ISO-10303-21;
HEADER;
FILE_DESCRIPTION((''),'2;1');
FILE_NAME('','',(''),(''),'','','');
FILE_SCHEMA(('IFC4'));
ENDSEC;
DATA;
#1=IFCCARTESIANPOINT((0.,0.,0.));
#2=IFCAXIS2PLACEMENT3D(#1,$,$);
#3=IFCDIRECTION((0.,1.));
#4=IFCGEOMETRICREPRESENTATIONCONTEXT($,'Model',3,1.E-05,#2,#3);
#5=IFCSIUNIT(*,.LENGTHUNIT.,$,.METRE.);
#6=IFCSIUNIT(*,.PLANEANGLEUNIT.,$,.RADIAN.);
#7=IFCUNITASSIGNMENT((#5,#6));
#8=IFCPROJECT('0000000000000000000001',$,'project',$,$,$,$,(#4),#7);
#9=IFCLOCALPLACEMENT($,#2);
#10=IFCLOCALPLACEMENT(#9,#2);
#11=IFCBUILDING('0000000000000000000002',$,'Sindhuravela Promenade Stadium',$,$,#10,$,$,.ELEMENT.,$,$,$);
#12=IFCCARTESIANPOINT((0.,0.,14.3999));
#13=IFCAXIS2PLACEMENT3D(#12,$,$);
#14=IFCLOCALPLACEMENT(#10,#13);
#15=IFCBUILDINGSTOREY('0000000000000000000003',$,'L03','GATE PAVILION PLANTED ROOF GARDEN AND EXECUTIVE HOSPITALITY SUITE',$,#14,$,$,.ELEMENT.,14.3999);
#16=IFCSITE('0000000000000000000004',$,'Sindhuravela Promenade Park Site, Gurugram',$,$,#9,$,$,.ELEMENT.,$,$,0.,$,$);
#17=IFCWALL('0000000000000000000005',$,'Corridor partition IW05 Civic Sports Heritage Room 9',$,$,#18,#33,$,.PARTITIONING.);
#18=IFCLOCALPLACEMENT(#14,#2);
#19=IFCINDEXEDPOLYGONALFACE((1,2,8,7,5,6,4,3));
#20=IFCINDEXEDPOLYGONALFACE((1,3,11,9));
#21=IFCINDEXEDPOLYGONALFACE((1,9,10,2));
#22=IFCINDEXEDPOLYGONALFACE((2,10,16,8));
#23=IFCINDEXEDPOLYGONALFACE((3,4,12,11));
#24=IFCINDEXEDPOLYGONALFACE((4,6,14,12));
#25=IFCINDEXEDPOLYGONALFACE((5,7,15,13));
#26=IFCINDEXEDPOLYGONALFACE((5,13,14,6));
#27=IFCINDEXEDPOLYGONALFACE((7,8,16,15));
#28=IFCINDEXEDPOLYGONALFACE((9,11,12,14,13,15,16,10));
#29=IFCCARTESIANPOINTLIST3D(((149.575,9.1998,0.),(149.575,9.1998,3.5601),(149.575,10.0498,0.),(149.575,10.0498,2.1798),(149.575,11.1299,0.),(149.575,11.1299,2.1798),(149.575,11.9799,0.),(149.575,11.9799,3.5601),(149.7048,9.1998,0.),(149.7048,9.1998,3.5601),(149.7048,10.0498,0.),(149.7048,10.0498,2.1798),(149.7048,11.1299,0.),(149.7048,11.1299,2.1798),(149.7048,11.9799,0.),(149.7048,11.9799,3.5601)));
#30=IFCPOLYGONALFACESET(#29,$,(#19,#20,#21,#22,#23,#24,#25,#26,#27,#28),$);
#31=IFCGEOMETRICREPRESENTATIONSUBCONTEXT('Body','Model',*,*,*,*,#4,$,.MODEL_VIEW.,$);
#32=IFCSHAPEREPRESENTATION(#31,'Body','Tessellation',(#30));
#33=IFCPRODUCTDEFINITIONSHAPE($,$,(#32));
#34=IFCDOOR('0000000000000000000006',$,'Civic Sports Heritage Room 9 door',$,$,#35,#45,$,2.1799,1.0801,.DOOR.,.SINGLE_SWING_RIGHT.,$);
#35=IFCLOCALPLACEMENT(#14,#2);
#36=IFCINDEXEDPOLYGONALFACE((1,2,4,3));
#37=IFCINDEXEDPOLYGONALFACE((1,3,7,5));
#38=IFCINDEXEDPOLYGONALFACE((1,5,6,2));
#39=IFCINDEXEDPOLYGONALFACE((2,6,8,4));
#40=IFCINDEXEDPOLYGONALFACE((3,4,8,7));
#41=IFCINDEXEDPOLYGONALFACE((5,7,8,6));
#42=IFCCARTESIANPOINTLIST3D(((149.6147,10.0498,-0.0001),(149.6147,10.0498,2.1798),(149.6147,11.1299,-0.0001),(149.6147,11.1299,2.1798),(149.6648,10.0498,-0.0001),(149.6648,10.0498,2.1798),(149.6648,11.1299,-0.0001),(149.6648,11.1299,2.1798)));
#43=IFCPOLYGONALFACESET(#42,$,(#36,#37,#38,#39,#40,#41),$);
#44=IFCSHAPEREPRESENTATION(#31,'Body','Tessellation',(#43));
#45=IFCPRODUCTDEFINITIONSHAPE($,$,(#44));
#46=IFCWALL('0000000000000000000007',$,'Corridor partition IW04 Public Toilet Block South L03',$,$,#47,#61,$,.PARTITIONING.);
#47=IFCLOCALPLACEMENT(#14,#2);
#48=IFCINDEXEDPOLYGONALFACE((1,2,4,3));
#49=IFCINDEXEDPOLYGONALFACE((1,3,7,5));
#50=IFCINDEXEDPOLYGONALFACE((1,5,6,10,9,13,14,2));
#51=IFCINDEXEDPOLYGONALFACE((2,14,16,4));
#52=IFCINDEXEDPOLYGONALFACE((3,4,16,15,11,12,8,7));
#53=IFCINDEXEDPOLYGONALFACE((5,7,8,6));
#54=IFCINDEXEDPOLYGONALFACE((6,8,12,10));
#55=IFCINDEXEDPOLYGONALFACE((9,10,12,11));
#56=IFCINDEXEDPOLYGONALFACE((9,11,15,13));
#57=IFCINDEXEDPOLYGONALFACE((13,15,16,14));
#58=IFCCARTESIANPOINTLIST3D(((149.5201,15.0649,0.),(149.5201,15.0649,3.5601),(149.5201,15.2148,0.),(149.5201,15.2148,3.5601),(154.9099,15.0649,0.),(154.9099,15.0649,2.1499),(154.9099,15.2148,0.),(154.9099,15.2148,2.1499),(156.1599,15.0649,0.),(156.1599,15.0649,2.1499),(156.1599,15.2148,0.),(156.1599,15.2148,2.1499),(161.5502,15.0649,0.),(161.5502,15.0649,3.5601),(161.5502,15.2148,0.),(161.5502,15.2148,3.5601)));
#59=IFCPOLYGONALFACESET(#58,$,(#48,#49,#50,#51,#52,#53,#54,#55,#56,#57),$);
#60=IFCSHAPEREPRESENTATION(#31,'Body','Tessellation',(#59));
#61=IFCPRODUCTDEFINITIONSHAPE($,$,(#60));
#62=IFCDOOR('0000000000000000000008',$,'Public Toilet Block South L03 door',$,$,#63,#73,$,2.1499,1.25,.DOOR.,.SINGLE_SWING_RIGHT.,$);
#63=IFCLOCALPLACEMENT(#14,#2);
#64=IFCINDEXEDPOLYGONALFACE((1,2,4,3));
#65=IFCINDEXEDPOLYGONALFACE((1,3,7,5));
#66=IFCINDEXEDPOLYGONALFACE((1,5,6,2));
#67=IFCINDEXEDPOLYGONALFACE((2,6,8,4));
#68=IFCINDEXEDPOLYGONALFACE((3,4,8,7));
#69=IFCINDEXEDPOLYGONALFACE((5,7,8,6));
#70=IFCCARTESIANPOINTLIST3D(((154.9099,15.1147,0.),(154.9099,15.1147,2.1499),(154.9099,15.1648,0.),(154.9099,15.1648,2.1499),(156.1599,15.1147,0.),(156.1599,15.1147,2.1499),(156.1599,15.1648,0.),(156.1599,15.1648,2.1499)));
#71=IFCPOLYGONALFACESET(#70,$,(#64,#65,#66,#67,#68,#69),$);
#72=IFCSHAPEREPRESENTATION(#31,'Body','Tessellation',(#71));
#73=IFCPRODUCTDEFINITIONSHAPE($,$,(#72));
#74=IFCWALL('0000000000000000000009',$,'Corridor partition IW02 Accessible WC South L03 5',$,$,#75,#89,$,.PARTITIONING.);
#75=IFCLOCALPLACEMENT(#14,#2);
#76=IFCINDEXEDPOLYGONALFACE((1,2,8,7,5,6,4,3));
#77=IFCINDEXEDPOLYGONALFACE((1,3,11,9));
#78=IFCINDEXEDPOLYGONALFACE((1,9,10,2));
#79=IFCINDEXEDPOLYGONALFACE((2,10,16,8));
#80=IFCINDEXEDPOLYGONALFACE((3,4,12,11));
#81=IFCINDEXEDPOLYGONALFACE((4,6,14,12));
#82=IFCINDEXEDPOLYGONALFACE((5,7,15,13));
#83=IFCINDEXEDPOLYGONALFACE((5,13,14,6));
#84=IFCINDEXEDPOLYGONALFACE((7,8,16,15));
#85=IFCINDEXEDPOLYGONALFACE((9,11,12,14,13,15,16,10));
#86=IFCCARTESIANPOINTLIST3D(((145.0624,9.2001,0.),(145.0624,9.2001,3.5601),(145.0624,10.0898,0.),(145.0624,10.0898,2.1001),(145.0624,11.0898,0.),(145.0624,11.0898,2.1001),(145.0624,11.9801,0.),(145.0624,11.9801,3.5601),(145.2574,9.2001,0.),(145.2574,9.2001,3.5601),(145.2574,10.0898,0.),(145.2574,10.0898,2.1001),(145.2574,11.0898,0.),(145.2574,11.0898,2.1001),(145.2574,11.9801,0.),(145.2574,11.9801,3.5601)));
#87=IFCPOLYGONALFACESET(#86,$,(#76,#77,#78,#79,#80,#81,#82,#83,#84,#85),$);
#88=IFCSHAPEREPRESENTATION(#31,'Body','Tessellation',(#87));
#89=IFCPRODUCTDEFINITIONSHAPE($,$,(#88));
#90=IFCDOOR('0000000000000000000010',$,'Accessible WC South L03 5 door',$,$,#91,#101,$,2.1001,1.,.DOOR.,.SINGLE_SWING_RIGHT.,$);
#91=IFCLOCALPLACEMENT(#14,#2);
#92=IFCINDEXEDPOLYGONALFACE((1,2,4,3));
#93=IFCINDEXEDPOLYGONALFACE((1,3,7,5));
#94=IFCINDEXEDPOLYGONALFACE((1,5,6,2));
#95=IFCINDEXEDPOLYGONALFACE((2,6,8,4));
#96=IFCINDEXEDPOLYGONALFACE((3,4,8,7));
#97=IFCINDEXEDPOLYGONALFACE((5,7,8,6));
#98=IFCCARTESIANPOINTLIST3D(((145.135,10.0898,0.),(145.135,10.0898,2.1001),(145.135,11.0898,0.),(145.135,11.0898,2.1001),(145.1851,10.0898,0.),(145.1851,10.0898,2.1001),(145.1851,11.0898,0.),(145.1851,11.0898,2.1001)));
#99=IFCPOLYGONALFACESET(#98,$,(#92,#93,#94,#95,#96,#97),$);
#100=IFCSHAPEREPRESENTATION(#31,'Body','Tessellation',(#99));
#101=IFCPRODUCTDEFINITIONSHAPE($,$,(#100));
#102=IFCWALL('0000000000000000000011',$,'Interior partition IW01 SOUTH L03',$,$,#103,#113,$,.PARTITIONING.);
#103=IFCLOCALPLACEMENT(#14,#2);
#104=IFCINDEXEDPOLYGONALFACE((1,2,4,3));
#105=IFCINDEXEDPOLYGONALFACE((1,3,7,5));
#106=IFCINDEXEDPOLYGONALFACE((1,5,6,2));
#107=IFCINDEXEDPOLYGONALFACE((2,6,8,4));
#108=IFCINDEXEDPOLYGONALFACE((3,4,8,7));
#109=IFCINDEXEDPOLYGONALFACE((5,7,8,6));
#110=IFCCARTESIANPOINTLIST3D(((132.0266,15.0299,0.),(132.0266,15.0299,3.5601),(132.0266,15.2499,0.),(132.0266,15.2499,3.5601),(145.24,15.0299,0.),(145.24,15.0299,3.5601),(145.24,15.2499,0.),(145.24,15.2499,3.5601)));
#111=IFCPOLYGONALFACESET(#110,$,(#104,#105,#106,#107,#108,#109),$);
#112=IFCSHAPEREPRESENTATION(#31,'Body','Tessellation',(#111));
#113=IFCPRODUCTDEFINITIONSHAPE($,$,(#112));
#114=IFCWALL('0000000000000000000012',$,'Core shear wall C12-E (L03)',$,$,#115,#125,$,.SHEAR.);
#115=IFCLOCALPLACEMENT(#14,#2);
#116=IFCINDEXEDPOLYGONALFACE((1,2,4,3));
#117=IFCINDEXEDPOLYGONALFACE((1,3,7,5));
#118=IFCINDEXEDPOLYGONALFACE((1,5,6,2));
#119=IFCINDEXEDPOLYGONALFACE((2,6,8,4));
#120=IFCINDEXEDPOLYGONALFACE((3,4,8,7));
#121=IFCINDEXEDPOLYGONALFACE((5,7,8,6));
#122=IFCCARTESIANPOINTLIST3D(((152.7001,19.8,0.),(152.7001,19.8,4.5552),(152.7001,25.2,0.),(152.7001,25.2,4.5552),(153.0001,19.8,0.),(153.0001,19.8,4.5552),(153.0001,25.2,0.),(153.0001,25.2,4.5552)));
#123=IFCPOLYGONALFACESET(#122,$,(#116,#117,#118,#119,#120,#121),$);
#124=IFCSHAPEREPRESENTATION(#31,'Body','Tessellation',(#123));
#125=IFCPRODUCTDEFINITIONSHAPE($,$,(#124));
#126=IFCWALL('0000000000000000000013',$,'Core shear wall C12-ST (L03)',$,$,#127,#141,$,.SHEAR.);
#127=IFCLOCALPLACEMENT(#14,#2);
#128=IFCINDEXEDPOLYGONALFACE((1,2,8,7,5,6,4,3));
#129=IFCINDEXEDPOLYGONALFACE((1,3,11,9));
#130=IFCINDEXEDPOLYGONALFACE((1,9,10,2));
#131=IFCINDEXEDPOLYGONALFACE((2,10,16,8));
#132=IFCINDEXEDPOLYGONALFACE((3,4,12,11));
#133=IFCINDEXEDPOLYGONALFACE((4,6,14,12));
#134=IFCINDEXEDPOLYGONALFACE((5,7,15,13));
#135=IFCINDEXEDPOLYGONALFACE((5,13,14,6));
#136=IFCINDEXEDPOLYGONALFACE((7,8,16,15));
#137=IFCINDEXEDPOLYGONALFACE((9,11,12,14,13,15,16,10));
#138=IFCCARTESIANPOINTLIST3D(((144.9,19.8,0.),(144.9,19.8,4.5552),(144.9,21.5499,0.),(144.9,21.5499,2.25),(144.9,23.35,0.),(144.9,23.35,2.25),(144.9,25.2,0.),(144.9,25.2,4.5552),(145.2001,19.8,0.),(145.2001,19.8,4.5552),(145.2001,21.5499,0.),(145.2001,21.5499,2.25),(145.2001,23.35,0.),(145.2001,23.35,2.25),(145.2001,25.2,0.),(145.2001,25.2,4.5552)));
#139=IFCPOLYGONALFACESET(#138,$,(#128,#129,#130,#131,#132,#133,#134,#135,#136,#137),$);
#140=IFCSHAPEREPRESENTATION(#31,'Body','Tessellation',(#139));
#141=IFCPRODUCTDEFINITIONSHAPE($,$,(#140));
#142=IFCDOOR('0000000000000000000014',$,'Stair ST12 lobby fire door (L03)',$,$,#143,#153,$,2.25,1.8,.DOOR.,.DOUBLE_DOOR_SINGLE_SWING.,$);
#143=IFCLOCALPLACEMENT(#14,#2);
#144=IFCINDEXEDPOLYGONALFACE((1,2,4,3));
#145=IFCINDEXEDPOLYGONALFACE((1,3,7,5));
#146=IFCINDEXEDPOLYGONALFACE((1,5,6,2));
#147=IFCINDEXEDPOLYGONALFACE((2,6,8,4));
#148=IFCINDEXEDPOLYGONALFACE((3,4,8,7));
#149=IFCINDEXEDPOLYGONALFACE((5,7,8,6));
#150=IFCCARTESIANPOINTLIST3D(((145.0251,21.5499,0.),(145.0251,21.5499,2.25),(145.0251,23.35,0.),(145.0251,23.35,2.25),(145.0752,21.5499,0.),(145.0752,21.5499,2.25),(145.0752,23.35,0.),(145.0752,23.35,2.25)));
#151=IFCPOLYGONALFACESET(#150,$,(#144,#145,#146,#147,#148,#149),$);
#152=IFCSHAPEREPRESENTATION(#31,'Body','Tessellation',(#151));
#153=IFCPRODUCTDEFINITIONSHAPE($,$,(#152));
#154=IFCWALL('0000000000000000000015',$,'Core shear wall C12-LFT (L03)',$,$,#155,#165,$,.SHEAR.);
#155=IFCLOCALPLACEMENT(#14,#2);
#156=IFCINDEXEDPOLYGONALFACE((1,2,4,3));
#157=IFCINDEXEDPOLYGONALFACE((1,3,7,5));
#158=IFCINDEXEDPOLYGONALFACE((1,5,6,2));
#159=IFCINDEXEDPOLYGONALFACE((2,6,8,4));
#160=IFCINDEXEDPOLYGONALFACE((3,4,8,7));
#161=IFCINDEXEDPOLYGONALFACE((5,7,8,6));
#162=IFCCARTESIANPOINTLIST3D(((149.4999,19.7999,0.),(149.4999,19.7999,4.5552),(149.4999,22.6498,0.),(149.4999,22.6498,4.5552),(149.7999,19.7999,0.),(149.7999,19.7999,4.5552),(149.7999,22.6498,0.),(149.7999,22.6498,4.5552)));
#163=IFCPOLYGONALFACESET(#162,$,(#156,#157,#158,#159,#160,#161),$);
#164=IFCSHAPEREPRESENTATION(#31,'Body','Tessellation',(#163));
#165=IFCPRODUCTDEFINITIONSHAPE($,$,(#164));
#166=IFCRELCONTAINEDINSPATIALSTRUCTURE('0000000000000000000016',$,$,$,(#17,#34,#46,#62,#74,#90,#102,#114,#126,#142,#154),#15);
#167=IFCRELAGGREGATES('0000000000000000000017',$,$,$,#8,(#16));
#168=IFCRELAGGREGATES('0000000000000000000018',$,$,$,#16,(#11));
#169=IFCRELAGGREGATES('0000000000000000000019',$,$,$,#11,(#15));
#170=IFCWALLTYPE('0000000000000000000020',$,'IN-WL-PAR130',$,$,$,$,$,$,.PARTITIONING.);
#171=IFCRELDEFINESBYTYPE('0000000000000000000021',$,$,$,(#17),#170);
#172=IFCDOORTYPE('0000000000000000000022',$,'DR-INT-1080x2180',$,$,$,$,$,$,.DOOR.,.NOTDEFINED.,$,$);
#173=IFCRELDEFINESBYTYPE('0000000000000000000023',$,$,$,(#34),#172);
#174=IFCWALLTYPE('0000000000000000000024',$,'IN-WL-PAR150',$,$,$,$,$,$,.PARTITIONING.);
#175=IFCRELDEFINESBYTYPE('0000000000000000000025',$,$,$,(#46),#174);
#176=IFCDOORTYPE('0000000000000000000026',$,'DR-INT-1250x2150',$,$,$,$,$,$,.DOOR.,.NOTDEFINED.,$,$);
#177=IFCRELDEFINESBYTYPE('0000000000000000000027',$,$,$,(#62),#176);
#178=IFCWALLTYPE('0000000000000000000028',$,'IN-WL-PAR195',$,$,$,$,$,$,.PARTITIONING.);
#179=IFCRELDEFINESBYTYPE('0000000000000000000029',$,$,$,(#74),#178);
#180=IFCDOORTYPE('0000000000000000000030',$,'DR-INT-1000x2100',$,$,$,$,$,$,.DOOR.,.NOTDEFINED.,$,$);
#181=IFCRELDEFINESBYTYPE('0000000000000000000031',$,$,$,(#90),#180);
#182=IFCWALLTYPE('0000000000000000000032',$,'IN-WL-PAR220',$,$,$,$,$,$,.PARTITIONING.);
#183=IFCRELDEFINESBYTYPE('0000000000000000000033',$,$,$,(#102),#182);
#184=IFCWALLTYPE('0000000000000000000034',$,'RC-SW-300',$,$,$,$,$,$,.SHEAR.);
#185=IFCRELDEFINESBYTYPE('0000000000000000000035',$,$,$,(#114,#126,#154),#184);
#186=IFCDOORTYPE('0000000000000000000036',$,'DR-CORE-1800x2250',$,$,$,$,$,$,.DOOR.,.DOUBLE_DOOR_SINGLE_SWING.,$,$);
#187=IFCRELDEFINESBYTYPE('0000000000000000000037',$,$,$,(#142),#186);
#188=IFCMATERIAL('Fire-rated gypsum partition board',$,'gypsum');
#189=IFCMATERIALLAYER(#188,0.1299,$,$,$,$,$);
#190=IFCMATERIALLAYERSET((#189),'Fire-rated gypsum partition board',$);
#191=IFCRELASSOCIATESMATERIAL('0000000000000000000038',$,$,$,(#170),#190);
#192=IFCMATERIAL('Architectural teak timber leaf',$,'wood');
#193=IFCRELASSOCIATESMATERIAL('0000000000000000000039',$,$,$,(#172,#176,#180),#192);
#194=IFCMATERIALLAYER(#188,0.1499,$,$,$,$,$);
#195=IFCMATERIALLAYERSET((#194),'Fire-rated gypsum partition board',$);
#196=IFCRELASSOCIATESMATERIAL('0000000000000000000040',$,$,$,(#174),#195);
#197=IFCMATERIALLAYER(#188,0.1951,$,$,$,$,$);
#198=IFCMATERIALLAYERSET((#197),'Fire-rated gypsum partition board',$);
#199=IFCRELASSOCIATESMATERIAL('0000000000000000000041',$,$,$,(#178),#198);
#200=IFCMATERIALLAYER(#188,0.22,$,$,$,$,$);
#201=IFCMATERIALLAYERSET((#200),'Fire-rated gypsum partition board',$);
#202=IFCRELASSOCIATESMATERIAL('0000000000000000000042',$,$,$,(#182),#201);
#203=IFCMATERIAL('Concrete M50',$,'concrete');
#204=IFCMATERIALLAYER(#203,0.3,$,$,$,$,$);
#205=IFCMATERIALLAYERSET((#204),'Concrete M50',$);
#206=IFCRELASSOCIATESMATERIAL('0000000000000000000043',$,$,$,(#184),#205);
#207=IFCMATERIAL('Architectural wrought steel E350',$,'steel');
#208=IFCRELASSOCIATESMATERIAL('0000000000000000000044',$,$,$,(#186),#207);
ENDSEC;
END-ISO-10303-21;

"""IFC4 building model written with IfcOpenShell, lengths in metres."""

from ifc_helpers import new_model, si_unit, direction, frame, frame_2d, origin, place, context, subcontext, project, spatial, rectangle, extrude, material, layer, layer_set, type_object, element, fill, save


model = new_model("IFC4")

# Units and contexts
model_context = context("Model", 3, precision=1e-05, world=origin(), true_north=direction((0.0, 1.0)))
body_context = subcontext(model_context, "Body", "Model", "MODEL_VIEW")
ifc_project = project(units=[si_unit("LENGTHUNIT", "METRE"), si_unit("PLANEANGLEUNIT", "RADIAN")], contexts=[model_context])

# Site, building, storey
site_placement = place(None, origin())
site = spatial("IfcSite", under=ifc_project, at=site_placement, Name="Sindhuravela Promenade Park Site, Gurugram", CompositionType="ELEMENT", RefElevation=0.0)
building_placement = place(site_placement, origin())
building = spatial("IfcBuilding", under=site, at=building_placement, Name="Sindhuravela Promenade Stadium", CompositionType="ELEMENT")
storey_placement = place(building_placement, frame((0.0, 0.0, 14.3999)))
storey = spatial("IfcBuildingStorey", under=building, at=storey_placement, Name="L03", Description="GATE PAVILION PLANTED ROOF GARDEN AND EXECUTIVE HOSPITALITY SUITE", CompositionType="ELEMENT", Elevation=14.3999)

# Shared definitions
ifc_material_1 = material(Name="Fire-rated gypsum partition board", Category="gypsum")
ifc_material_2 = material(Name="Architectural teak timber leaf", Category="wood")

# Shared definitions
ifc_layer_1 = layer(ifc_material_1, 0.1299)
ifc_layer_set_1 = layer_set([ifc_layer_1], Name="Fire-rated gypsum partition board")
wall_type_1 = type_object("IfcWallType", Name="IN-WL-PAR130", PredefinedType="PARTITIONING", material=ifc_layer_set_1)

# Walls, openings, doors
wall_1_placement = place(storey_placement, frame((149.6399, 11.98, 0.0), z_axis=(0.0, 0.0, 1.0), x_axis=(0.0, -1.0, 0.0)))
wall_1 = element("IfcWall", 1, at=wall_1_placement, inside=storey, type_object=wall_type_1, Name="Corridor partition IW05 Civic Sports Heritage Room 9", PredefinedType="PARTITIONING", context=body_context, shape_type="SweptSolid", body=[
    extrude(rectangle(XDim=2.78, YDim=0.1299, at=frame_2d((1.3901, 0.0))), origin(), (0.0, 0.0, 1.0), 3.5601),
])
opening_1_placement = place(wall_1_placement, frame((0.8501, 0.0, 0.0)))
opening_1 = element("IfcOpeningElement", 2, at=opening_1_placement, cuts=wall_1, PredefinedType="OPENING", context=body_context, shape_type="SweptSolid", body=[
    extrude(rectangle(XDim=1.0801, YDim=2.1799, at=frame_2d((0.54, 1.0898))), frame((0.0, 0.075, 0.0), z_axis=(0.0, -1.0, 0.0), x_axis=(1.0, 0.0, 0.0)), (0.0, 0.0, 1.0), 0.1499),
])
door_type_1 = type_object("IfcDoorType", Name="DR-INT-1080x2180", OperationType="NOTDEFINED", PredefinedType="DOOR", material=ifc_material_2)
door_1_placement = place(opening_1_placement, origin())
door_1 = element("IfcDoor", 3, at=door_1_placement, inside=storey, type_object=door_type_1, Name="Civic Sports Heritage Room 9 door", OperationType="SINGLE_SWING_RIGHT", OverallHeight=2.1799, OverallWidth=1.0801, PredefinedType="DOOR", context=body_context, shape_type="SweptSolid", body=[
    extrude(rectangle(XDim=1.0801, YDim=2.1799, at=frame_2d((0.54, 1.0898))), frame((0.0, 0.0249, 0.0), z_axis=(0.0, -1.0, 0.0), x_axis=(1.0, 0.0, 0.0)), (0.0, 0.0, 1.0), 0.05),
])
fill(opening_1, door_1)
ifc_layer_2 = layer(ifc_material_1, 0.1499)
ifc_layer_set_2 = layer_set([ifc_layer_2], Name="Fire-rated gypsum partition board")
wall_type_2 = type_object("IfcWallType", Name="IN-WL-PAR150", PredefinedType="PARTITIONING", material=ifc_layer_set_2)
wall_2_placement = place(storey_placement, frame((149.52, 15.1399, 0.0), z_axis=(0.0, 0.0, 1.0), x_axis=(1.0, 0.0, 0.0)))
wall_2 = element("IfcWall", 4, at=wall_2_placement, inside=storey, type_object=wall_type_2, Name="Corridor partition IW04 Public Toilet Block South L03", PredefinedType="PARTITIONING", context=body_context, shape_type="SweptSolid", body=[
    extrude(rectangle(XDim=12.03, YDim=0.1499, at=frame_2d((6.0151, 0.0))), origin(), (0.0, 0.0, 1.0), 3.5601),
])
opening_2_placement = place(wall_2_placement, frame((5.3899, 0.0, 0.0)))
opening_2 = element("IfcOpeningElement", 5, at=opening_2_placement, cuts=wall_2, PredefinedType="OPENING", context=body_context, shape_type="SweptSolid", body=[
    extrude(rectangle(XDim=1.25, YDim=2.1499, at=frame_2d((0.625, 1.075))), frame((0.0, 0.085, 0.0), z_axis=(0.0, -1.0, 0.0), x_axis=(1.0, 0.0, 0.0)), (0.0, 0.0, 1.0), 0.1699),
])
door_type_2 = type_object("IfcDoorType", Name="DR-INT-1250x2150", OperationType="NOTDEFINED", PredefinedType="DOOR", material=ifc_material_2)
door_2_placement = place(opening_2_placement, origin())
door_2 = element("IfcDoor", 6, at=door_2_placement, inside=storey, type_object=door_type_2, Name="Public Toilet Block South L03 door", OperationType="SINGLE_SWING_RIGHT", OverallHeight=2.1499, OverallWidth=1.25, PredefinedType="DOOR", context=body_context, shape_type="SweptSolid", body=[
    extrude(rectangle(XDim=1.25, YDim=2.1499, at=frame_2d((0.625, 1.075))), frame((0.0, 0.0249, 0.0), z_axis=(0.0, -1.0, 0.0), x_axis=(1.0, 0.0, 0.0)), (0.0, 0.0, 1.0), 0.05),
])
fill(opening_2, door_2)
ifc_layer_3 = layer(ifc_material_1, 0.1951)
ifc_layer_set_3 = layer_set([ifc_layer_3], Name="Fire-rated gypsum partition board")
wall_type_3 = type_object("IfcWallType", Name="IN-WL-PAR195", PredefinedType="PARTITIONING", material=ifc_layer_set_3)
wall_3_placement = place(storey_placement, frame((145.1599, 9.2, 0.0), z_axis=(0.0, 0.0, 1.0), x_axis=(0.0, 1.0, 0.0)))
wall_3 = element("IfcWall", 7, at=wall_3_placement, inside=storey, type_object=wall_type_3, Name="Corridor partition IW02 Accessible WC South L03 5", PredefinedType="PARTITIONING", context=body_context, shape_type="SweptSolid", body=[
    extrude(rectangle(XDim=2.78, YDim=0.1951, at=frame_2d((1.3901, 0.0))), origin(), (0.0, 0.0, 1.0), 3.5601),
])
opening_3_placement = place(wall_3_placement, frame((0.8899, 0.0, 0.0)))
opening_3 = element("IfcOpeningElement", 8, at=opening_3_placement, cuts=wall_3, PredefinedType="OPENING", context=body_context, shape_type="SweptSolid", body=[
    extrude(rectangle(XDim=1.0, YDim=2.1001, at=frame_2d((0.5, 1.05))), frame((0.0, 0.1074, 0.0), z_axis=(0.0, -1.0, 0.0), x_axis=(1.0, 0.0, 0.0)), (0.0, 0.0, 1.0), 0.2151),
])
door_type_3 = type_object("IfcDoorType", Name="DR-INT-1000x2100", OperationType="NOTDEFINED", PredefinedType="DOOR", material=ifc_material_2)
door_3_placement = place(opening_3_placement, origin())
door_3 = element("IfcDoor", 9, at=door_3_placement, inside=storey, type_object=door_type_3, Name="Accessible WC South L03 5 door", OperationType="SINGLE_SWING_RIGHT", OverallHeight=2.1001, OverallWidth=1.0, PredefinedType="DOOR", context=body_context, shape_type="SweptSolid", body=[
    extrude(rectangle(XDim=1.0, YDim=2.1001, at=frame_2d((0.5, 1.05))), frame((0.0, 0.0249, 0.0), z_axis=(0.0, -1.0, 0.0), x_axis=(1.0, 0.0, 0.0)), (0.0, 0.0, 1.0), 0.05),
])
fill(opening_3, door_3)

# Walls
ifc_layer_4 = layer(ifc_material_1, 0.22)
ifc_layer_set_4 = layer_set([ifc_layer_4], Name="Fire-rated gypsum partition board")
wall_type_4 = type_object("IfcWallType", Name="IN-WL-PAR220", PredefinedType="PARTITIONING", material=ifc_layer_set_4)
wall_4_placement = place(storey_placement, frame((145.24, 15.1399, 0.0), z_axis=(0.0, 0.0, 1.0), x_axis=(-1.0, 0.0, 0.0)))
element("IfcWall", 10, at=wall_4_placement, inside=storey, type_object=wall_type_4, Name="Interior partition IW01 SOUTH L03", PredefinedType="PARTITIONING", context=body_context, shape_type="SweptSolid", body=[
    extrude(rectangle(XDim=13.2134, YDim=0.22, at=frame_2d((6.6067, 0.0))), origin(), (0.0, 0.0, 1.0), 3.5601),
])
ifc_material_3 = material(Name="Concrete M50", Category="concrete")
ifc_layer_5 = layer(ifc_material_3, 0.3)
ifc_layer_set_5 = layer_set([ifc_layer_5], Name="Concrete M50")
wall_type_5 = type_object("IfcWallType", Name="RC-SW-300", PredefinedType="SHEAR", material=ifc_layer_set_5)
wall_5_placement = place(storey_placement, frame((152.8501, 19.8, 0.0), z_axis=(0.0, 0.0, 1.0), x_axis=(0.0, 1.0, 0.0)))
element("IfcWall", 11, at=wall_5_placement, inside=storey, type_object=wall_type_5, Name="Core shear wall C12-E (L03)", PredefinedType="SHEAR", context=body_context, shape_type="SweptSolid", body=[
    extrude(rectangle(XDim=5.3999, YDim=0.3, at=frame_2d((2.7, 0.0))), origin(), (0.0, 0.0, 1.0), 4.5552),
])

# Wall, opening, door
wall_6_placement = place(storey_placement, frame((145.05, 19.8, 0.0), z_axis=(0.0, 0.0, 1.0), x_axis=(0.0, 1.0, 0.0)))
wall_6 = element("IfcWall", 12, at=wall_6_placement, inside=storey, type_object=wall_type_5, Name="Core shear wall C12-ST (L03)", PredefinedType="SHEAR", context=body_context, shape_type="SweptSolid", body=[
    extrude(rectangle(XDim=5.3999, YDim=0.3, at=frame_2d((2.7, 0.0))), origin(), (0.0, 0.0, 1.0), 4.5552),
])
opening_4_placement = place(wall_6_placement, frame((1.75, 0.0, 0.0)))
opening_4 = element("IfcOpeningElement", 13, at=opening_4_placement, cuts=wall_6, PredefinedType="OPENING", context=body_context, shape_type="SweptSolid", body=[
    extrude(rectangle(XDim=1.8, YDim=2.25, at=frame_2d((0.8999, 1.125))), frame((0.0, 0.1599, 0.0), z_axis=(0.0, -1.0, 0.0), x_axis=(1.0, 0.0, 0.0)), (0.0, 0.0, 1.0), 0.3201),
])
ifc_material_4 = material(Name="Architectural wrought steel E350", Category="steel")
door_type_4 = type_object("IfcDoorType", Name="DR-CORE-1800x2250", OperationType="DOUBLE_DOOR_SINGLE_SWING", PredefinedType="DOOR", material=ifc_material_4)
door_4_placement = place(opening_4_placement, origin())
door_4 = element("IfcDoor", 14, at=door_4_placement, inside=storey, type_object=door_type_4, Name="Stair ST12 lobby fire door (L03)", OperationType="DOUBLE_DOOR_SINGLE_SWING", OverallHeight=2.25, OverallWidth=1.8, PredefinedType="DOOR", context=body_context, shape_type="SweptSolid", body=[
    extrude(rectangle(XDim=1.8, YDim=2.25, at=frame_2d((0.8999, 1.125))), frame((0.0, 0.0249, 0.0), z_axis=(0.0, -1.0, 0.0), x_axis=(1.0, 0.0, 0.0)), (0.0, 0.0, 1.0), 0.05),
])
fill(opening_4, door_4)

# Wall
wall_7_placement = place(storey_placement, frame((149.6499, 19.8, 0.0), z_axis=(0.0, 0.0, 1.0), x_axis=(0.0, 1.0, 0.0)))
element("IfcWall", 15, at=wall_7_placement, inside=storey, type_object=wall_type_5, Name="Core shear wall C12-LFT (L03)", PredefinedType="SHEAR", context=body_context, shape_type="SweptSolid", body=[
    extrude(rectangle(XDim=2.8499, YDim=0.3, at=frame_2d((1.4248, 0.0))), origin(), (0.0, 0.0, 1.0), 4.5552),
])

save(model, "model.ifc")
